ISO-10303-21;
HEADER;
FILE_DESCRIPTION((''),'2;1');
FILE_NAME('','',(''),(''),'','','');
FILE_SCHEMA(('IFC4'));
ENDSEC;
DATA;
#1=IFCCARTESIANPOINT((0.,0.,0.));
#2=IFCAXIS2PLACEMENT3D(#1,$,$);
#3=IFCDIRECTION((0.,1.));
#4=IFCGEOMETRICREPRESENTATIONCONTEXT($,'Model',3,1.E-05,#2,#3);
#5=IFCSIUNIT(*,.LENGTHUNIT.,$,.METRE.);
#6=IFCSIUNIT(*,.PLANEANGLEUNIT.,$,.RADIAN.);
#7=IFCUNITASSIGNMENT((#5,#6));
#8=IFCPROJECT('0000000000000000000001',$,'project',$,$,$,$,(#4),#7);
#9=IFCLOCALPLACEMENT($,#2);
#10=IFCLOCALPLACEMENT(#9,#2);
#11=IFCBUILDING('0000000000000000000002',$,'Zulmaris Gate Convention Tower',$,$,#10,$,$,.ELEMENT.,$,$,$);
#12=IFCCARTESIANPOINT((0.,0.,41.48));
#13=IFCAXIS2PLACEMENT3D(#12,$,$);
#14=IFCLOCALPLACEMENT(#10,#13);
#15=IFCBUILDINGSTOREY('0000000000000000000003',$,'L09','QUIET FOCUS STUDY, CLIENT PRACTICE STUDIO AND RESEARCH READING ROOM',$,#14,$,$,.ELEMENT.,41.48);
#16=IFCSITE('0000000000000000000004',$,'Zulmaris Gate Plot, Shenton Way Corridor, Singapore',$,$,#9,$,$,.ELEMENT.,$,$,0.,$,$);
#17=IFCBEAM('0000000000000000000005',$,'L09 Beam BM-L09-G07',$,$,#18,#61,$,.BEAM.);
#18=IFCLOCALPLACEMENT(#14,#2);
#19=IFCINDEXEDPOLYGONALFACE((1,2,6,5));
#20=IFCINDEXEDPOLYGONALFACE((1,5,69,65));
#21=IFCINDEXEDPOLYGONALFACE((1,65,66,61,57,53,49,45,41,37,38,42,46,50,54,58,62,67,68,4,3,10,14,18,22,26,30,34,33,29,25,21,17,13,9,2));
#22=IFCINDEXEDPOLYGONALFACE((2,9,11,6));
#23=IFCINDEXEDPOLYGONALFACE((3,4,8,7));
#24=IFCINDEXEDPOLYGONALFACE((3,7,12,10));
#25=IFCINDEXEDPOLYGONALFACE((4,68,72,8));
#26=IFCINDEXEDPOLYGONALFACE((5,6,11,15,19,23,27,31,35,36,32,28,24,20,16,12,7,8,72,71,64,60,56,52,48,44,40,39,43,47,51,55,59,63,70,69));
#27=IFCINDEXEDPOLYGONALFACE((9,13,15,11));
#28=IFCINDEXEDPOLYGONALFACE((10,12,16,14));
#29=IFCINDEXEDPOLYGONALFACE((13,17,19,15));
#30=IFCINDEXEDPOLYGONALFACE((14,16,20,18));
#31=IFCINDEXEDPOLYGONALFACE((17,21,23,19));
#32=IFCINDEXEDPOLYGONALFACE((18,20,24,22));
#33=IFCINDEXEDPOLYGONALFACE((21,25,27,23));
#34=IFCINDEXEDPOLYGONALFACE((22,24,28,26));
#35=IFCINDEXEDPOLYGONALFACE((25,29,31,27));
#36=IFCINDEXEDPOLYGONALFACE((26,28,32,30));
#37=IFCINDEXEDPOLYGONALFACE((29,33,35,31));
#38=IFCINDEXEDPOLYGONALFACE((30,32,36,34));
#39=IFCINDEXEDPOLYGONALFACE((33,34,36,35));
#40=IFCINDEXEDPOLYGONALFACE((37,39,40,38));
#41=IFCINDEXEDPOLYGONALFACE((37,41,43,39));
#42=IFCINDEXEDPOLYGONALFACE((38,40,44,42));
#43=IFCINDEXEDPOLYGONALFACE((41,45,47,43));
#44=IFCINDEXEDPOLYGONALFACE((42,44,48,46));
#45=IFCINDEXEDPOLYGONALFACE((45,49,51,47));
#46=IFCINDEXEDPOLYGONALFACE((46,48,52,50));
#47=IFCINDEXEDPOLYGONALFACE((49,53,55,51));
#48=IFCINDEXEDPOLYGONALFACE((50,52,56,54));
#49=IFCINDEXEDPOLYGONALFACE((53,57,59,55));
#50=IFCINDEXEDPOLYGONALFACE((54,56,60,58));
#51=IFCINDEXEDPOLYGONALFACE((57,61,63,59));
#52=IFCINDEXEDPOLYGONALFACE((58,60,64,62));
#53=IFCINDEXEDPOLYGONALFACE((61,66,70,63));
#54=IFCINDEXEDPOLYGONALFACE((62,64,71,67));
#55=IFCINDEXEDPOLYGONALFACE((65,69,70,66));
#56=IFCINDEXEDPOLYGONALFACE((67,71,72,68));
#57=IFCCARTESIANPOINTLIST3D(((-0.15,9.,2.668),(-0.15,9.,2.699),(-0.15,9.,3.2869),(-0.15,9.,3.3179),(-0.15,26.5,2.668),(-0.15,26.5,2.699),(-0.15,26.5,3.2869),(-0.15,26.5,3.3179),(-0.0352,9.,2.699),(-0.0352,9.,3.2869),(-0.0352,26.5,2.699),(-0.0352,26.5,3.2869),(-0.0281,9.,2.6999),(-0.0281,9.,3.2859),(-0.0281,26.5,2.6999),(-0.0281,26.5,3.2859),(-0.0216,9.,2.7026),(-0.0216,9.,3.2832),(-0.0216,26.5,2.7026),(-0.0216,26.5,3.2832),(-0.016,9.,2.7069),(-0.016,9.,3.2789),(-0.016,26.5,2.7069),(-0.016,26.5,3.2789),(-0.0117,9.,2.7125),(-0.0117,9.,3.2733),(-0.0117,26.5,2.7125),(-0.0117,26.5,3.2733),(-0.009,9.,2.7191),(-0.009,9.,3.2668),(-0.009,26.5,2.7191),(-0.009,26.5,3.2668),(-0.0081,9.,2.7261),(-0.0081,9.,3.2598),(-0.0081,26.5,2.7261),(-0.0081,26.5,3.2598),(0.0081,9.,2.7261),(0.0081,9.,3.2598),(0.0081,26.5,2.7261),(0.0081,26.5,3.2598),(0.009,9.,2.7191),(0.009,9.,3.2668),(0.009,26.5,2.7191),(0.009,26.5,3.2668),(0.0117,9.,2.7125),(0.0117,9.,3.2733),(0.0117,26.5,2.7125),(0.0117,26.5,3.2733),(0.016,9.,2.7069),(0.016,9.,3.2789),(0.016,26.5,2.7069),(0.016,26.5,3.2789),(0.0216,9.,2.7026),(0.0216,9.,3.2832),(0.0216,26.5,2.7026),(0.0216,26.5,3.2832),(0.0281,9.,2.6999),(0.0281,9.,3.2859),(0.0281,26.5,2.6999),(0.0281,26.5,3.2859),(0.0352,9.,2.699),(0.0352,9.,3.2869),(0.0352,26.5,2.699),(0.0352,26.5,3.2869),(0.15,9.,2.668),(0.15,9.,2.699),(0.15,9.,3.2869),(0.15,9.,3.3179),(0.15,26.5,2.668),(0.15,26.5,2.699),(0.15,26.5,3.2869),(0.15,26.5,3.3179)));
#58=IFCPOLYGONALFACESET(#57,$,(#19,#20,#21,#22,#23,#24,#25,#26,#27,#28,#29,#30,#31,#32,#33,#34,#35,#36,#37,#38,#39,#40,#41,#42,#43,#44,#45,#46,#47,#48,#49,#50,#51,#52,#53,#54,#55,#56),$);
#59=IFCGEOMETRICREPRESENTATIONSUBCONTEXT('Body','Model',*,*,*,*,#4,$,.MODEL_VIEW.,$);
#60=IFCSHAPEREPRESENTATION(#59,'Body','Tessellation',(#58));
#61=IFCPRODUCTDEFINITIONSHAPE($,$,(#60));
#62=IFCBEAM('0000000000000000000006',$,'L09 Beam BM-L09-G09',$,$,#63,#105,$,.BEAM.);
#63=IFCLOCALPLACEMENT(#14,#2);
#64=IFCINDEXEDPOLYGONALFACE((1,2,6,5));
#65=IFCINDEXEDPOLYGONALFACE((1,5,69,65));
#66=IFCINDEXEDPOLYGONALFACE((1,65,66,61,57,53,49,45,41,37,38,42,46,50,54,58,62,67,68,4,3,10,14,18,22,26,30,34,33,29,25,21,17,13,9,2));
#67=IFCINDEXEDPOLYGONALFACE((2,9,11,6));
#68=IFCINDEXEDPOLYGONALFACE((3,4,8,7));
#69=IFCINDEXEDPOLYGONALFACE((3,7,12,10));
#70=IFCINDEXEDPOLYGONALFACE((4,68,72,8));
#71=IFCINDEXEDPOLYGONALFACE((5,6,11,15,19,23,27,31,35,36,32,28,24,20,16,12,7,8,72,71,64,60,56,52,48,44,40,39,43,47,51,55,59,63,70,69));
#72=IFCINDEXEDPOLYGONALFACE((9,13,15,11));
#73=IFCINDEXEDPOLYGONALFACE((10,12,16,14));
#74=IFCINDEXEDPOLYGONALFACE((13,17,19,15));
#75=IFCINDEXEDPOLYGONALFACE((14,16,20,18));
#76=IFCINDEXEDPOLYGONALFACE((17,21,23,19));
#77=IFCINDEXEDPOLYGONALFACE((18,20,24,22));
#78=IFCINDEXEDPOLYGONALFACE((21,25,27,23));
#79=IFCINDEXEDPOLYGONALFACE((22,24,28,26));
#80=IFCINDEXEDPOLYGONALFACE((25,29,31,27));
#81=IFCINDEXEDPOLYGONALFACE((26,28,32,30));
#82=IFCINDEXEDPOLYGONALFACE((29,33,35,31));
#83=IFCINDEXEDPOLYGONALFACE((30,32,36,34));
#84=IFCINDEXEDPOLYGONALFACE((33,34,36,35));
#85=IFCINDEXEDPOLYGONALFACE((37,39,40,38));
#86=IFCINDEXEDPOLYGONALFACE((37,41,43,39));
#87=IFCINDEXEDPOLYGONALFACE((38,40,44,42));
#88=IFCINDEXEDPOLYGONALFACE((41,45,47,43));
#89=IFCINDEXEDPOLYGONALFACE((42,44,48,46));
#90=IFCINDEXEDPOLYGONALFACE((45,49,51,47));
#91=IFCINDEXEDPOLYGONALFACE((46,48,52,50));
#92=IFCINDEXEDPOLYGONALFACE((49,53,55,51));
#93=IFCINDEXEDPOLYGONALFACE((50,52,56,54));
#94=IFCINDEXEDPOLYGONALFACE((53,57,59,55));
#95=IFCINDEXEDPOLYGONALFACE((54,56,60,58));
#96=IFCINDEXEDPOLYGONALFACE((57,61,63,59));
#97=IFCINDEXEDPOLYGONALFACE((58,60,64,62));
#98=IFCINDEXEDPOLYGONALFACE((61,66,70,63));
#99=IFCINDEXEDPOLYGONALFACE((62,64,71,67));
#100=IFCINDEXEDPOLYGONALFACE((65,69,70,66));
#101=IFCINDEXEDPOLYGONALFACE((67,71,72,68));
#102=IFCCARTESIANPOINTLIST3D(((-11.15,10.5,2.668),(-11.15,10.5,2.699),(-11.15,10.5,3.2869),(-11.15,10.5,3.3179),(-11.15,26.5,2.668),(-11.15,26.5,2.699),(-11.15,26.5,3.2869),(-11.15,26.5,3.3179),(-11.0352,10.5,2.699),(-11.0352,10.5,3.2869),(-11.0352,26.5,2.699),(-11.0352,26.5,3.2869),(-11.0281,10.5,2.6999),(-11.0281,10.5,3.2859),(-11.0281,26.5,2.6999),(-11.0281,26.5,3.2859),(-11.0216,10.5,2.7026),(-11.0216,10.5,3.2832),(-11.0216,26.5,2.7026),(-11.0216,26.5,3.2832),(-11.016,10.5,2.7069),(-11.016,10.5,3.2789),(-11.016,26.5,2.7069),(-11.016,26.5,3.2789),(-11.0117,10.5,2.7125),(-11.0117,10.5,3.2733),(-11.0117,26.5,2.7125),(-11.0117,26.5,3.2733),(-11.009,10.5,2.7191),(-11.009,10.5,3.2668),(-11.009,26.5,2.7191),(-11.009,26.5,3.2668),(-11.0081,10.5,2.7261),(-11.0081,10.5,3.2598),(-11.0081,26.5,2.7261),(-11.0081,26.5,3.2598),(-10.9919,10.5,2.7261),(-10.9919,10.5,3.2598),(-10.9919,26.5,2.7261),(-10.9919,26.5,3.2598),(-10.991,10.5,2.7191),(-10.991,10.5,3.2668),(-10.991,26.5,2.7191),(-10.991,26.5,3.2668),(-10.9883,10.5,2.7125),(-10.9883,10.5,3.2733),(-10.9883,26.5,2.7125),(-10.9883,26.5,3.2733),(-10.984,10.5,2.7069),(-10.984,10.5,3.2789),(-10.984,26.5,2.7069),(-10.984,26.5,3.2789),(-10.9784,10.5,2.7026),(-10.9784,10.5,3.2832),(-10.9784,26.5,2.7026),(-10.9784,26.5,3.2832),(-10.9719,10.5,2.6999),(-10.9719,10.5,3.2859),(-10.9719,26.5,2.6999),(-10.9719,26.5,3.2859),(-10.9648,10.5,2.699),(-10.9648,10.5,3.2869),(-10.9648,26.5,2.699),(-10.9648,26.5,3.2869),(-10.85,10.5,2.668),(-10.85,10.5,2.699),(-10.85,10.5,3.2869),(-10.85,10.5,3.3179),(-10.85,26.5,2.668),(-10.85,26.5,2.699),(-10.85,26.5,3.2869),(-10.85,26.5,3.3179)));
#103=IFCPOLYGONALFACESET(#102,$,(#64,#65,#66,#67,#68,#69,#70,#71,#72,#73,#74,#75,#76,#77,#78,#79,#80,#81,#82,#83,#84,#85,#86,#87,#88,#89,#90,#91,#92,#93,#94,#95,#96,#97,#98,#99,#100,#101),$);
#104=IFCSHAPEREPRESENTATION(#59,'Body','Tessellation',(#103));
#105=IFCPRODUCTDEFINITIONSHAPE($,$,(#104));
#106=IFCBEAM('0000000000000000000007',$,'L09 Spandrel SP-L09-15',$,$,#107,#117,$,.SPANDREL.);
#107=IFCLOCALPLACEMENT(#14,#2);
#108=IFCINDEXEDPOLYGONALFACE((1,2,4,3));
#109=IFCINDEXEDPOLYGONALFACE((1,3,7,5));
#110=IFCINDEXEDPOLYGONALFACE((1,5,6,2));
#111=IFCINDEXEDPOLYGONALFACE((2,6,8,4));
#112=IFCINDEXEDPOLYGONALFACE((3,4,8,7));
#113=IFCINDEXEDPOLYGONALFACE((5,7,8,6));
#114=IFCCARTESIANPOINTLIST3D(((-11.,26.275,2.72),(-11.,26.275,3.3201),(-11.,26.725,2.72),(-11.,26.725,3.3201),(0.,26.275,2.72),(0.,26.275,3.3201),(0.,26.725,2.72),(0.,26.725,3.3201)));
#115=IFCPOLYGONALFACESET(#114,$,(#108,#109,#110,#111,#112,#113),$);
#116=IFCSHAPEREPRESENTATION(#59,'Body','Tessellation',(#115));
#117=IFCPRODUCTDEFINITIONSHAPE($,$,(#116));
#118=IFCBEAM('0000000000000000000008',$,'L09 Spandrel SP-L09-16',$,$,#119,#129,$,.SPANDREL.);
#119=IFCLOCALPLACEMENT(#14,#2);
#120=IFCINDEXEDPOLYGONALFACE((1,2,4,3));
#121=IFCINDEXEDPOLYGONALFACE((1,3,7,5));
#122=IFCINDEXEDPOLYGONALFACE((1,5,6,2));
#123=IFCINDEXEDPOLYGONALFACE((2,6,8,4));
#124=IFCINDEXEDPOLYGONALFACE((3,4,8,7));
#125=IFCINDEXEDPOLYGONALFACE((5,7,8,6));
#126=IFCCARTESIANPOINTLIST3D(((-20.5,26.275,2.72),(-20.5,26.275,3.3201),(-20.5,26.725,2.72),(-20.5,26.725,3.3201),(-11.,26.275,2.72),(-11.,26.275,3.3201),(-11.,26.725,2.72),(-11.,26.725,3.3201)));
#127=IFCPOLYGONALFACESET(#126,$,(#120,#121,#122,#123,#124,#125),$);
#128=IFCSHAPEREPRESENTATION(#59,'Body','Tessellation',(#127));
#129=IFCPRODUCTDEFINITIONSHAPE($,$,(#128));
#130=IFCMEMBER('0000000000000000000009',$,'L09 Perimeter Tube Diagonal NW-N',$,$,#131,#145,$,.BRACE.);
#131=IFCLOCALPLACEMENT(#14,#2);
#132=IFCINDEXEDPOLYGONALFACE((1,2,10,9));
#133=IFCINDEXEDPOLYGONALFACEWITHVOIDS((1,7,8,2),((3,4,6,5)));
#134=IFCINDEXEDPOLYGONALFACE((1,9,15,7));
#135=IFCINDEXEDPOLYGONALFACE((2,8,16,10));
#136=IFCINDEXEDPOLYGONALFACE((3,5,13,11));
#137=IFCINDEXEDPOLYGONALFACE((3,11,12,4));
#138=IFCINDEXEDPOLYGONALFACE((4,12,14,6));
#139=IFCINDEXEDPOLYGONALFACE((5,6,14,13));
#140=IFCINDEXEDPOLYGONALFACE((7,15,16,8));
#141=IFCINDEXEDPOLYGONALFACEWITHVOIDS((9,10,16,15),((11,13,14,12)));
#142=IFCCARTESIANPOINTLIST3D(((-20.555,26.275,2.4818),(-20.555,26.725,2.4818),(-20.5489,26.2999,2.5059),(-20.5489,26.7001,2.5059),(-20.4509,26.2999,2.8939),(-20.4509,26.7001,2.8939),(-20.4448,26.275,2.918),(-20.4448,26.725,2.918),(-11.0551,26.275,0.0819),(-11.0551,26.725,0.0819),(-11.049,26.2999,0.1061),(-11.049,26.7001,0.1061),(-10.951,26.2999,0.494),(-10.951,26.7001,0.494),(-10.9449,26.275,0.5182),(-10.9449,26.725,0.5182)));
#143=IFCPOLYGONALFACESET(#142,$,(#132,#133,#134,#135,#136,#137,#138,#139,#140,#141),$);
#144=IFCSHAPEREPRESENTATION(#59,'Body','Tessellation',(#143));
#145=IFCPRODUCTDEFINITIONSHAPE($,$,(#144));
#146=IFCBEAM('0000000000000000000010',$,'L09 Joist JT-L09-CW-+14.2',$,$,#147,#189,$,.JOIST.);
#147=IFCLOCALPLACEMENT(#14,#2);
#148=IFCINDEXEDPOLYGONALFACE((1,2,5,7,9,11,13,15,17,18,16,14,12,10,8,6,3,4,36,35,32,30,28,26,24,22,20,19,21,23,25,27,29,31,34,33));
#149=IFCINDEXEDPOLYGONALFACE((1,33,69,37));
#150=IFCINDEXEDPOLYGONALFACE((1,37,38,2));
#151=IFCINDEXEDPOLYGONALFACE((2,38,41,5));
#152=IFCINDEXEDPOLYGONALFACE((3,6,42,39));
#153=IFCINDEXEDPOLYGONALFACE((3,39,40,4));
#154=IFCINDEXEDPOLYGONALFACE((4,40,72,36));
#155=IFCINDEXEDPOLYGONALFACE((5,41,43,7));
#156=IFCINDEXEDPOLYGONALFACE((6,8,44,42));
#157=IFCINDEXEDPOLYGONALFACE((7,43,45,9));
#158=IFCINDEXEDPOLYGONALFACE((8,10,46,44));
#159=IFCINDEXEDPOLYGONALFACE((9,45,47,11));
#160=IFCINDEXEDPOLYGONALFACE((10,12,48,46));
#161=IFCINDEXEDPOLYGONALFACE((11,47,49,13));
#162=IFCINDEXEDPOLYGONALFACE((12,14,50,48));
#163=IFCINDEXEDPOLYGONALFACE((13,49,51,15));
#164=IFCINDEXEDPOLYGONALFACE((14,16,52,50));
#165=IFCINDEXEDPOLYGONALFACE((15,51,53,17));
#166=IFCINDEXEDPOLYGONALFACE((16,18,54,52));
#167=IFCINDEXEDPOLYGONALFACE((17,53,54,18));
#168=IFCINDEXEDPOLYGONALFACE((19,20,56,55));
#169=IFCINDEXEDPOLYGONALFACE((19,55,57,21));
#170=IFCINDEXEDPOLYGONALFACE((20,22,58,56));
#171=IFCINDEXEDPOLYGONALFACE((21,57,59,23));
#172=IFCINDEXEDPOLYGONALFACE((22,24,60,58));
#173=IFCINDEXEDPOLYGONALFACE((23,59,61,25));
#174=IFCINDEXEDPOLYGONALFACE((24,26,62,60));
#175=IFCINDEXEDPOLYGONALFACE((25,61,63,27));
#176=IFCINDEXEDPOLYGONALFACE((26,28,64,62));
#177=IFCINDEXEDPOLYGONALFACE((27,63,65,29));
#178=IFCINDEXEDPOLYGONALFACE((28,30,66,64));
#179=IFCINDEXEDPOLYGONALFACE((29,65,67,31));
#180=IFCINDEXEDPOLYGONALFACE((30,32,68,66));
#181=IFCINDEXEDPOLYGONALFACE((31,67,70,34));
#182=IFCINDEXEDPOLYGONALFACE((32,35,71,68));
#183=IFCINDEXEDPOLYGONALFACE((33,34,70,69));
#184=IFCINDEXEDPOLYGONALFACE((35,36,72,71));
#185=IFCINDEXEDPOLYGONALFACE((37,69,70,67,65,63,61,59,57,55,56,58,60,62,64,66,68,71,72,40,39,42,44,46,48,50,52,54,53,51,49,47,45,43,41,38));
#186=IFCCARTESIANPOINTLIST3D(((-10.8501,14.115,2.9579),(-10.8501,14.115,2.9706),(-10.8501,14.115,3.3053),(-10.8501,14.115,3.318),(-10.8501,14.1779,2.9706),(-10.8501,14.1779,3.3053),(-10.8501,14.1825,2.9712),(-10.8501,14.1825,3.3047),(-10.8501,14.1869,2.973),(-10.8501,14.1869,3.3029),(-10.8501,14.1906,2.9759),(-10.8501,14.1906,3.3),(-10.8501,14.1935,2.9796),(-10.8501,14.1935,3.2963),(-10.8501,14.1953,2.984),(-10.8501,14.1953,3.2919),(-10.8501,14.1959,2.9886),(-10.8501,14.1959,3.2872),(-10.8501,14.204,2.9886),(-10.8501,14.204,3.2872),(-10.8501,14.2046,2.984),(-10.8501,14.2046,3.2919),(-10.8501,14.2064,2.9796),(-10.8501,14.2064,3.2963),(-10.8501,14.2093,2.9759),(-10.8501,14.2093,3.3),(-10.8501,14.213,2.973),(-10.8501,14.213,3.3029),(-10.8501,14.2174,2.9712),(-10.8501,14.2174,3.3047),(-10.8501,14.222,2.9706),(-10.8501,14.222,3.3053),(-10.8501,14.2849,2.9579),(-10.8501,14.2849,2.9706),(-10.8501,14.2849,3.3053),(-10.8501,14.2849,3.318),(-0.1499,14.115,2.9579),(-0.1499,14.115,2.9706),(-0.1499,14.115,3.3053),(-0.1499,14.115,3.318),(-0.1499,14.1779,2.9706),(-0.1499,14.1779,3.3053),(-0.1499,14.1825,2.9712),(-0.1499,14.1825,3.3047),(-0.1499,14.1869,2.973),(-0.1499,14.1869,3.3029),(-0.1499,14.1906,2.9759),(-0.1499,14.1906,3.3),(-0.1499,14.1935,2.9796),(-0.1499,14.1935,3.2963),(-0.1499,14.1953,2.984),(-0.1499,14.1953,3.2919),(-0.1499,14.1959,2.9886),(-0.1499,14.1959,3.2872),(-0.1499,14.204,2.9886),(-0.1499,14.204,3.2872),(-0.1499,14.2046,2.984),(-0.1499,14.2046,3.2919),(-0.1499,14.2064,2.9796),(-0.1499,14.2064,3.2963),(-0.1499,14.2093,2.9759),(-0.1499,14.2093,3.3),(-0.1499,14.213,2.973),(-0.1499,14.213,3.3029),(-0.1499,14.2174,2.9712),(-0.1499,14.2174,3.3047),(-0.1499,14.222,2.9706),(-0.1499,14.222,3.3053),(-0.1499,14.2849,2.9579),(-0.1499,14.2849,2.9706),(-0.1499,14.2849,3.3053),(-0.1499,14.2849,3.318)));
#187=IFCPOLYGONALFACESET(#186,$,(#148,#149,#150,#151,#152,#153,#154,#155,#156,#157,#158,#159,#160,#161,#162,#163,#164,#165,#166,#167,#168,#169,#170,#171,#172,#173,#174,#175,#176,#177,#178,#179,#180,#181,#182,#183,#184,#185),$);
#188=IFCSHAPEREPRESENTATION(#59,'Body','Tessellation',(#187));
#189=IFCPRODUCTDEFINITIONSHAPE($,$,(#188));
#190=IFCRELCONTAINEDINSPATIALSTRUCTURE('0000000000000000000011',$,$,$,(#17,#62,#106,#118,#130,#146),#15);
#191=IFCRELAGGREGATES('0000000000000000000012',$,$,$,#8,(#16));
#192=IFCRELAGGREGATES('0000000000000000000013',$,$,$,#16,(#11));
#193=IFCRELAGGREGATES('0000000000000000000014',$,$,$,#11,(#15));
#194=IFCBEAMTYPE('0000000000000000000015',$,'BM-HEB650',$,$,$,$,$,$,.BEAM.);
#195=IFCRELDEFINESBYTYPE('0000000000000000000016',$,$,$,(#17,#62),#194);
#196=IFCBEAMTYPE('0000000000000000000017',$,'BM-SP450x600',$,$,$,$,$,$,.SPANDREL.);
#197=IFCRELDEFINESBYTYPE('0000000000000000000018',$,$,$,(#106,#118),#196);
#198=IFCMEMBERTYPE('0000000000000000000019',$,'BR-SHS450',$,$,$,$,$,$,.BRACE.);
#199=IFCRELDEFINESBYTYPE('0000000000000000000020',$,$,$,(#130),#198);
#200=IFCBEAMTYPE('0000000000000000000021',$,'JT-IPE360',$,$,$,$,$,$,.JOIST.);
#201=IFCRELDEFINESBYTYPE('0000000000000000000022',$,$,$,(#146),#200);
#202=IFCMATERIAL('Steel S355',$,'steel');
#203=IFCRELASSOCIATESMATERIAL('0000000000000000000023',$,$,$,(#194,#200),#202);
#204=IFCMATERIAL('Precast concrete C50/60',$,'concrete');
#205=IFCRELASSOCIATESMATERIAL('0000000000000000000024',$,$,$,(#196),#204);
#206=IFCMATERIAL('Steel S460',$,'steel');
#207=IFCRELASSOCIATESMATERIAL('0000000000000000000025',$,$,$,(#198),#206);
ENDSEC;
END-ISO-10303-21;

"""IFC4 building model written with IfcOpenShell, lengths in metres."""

from ifc_helpers import new_model, si_unit, direction, frame, origin, origin_2d, place, context, subcontext, project, spatial, rectangle, hollow_rectangle, i_section, extrude, material, material_profile, profile_set, type_object, element, save


model = new_model("IFC4")

# Units and contexts
model_context = context("Model", 3, precision=1e-05, world=origin(), true_north=direction((0.0, 1.0)))
body_context = subcontext(model_context, "Body", "Model", "MODEL_VIEW")
ifc_project = project(units=[si_unit("LENGTHUNIT", "METRE"), si_unit("PLANEANGLEUNIT", "RADIAN")], contexts=[model_context])

# Site, building, storey
site_placement = place(None, origin())
site = spatial("IfcSite", under=ifc_project, at=site_placement, Name="Zulmaris Gate Plot, Shenton Way Corridor, Singapore", CompositionType="ELEMENT", RefElevation=0.0)
building_placement = place(site_placement, origin())
building = spatial("IfcBuilding", under=site, at=building_placement, Name="Zulmaris Gate Convention Tower", CompositionType="ELEMENT")
storey_placement = place(building_placement, frame((0.0, 0.0, 41.48)))
storey = spatial("IfcBuildingStorey", under=building, at=storey_placement, Name="L09", Description="QUIET FOCUS STUDY, CLIENT PRACTICE STUDIO AND RESEARCH READING ROOM", CompositionType="ELEMENT", Elevation=41.48)

# Beams
ifc_material_1 = material(Name="Steel S355", Category="steel")
ifc_material_profile_1 = material_profile(ifc_material_1, i_section(OverallWidth=0.3, OverallDepth=0.6499, WebThickness=0.0161, FlangeThickness=0.031, FilletRadius=0.0271, at=origin_2d()), Name="HEB 650")
ifc_profile_set_1 = profile_set([ifc_material_profile_1], Name="Steel S355")
beam_type_1 = type_object("IfcBeamType", Name="BM-HEB650", PredefinedType="BEAM", material=ifc_profile_set_1)
beam_1_placement = place(storey_placement, frame((0.0, 9.0, 2.9929), z_axis=(0.0, 1.0, 0.0), x_axis=(-1.0, 0.0, 0.0)))
element("IfcBeam", 1, at=beam_1_placement, inside=storey, type_object=beam_type_1, Name="L09 Beam BM-L09-G07", PredefinedType="BEAM", context=body_context, shape_type="SweptSolid", body=[
    extrude(i_section(OverallWidth=0.3, OverallDepth=0.6499, WebThickness=0.0161, FlangeThickness=0.031, FilletRadius=0.0271, at=origin_2d()), origin(), (0.0, 0.0, 1.0), 17.5),
])
beam_2_placement = place(storey_placement, frame((-11.0, 10.5, 2.9929), z_axis=(0.0, 1.0, 0.0), x_axis=(-1.0, 0.0, 0.0)))
element("IfcBeam", 2, at=beam_2_placement, inside=storey, type_object=beam_type_1, Name="L09 Beam BM-L09-G09", PredefinedType="BEAM", context=body_context, shape_type="SweptSolid", body=[
    extrude(i_section(OverallWidth=0.3, OverallDepth=0.6499, WebThickness=0.0161, FlangeThickness=0.031, FilletRadius=0.0271, at=origin_2d()), origin(), (0.0, 0.0, 1.0), 16.0),
])
ifc_material_2 = material(Name="Precast concrete C50/60", Category="concrete")
ifc_material_profile_2 = material_profile(ifc_material_2, rectangle(XDim=0.45, YDim=0.6001, at=origin_2d()), Name="RC SPANDREL 450x600")
ifc_profile_set_2 = profile_set([ifc_material_profile_2], Name="Precast concrete C50/60")
beam_type_2 = type_object("IfcBeamType", Name="BM-SP450x600", PredefinedType="SPANDREL", material=ifc_profile_set_2)
beam_3_placement = place(storey_placement, frame((0.0, 26.5, 3.02), z_axis=(-1.0, 0.0, 0.0), x_axis=(0.0, -1.0, 0.0)))
element("IfcBeam", 3, at=beam_3_placement, inside=storey, type_object=beam_type_2, Name="L09 Spandrel SP-L09-15", PredefinedType="SPANDREL", context=body_context, shape_type="SweptSolid", body=[
    extrude(rectangle(XDim=0.45, YDim=0.6001, at=origin_2d()), origin(), (0.0, 0.0, 1.0), 11.0),
])
beam_4_placement = place(storey_placement, frame((-11.0, 26.5, 3.02), z_axis=(-1.0, 0.0, 0.0), x_axis=(0.0, -1.0, 0.0)))
element("IfcBeam", 4, at=beam_4_placement, inside=storey, type_object=beam_type_2, Name="L09 Spandrel SP-L09-16", PredefinedType="SPANDREL", context=body_context, shape_type="SweptSolid", body=[
    extrude(rectangle(XDim=0.45, YDim=0.6001, at=origin_2d()), origin(), (0.0, 0.0, 1.0), 9.5),
])

# Member
ifc_material_3 = material(Name="Steel S460", Category="steel")
ifc_material_profile_3 = material_profile(ifc_material_3, hollow_rectangle(XDim=0.45, YDim=0.45, WallThickness=0.0249, at=origin_2d()), Name="SHS 450x450x25")
ifc_profile_set_3 = profile_set([ifc_material_profile_3], Name="Steel S460")
member_type = type_object("IfcMemberType", Name="BR-SHS450", PredefinedType="BRACE", material=ifc_profile_set_3)
member_placement = place(storey_placement, frame((-11.0, 26.5, 0.3), z_axis=(-0.969542, 0.0, 0.244927), x_axis=(0.0, -1.0, 0.0)))
element("IfcMember", 5, at=member_placement, inside=storey, type_object=member_type, Name="L09 Perimeter Tube Diagonal NW-N", PredefinedType="BRACE", context=body_context, shape_type="SweptSolid", body=[
    extrude(hollow_rectangle(XDim=0.45, YDim=0.45, WallThickness=0.0249, at=origin_2d()), origin(), (0.0, 0.0, 1.0), 9.7983),
])

# Beam
ifc_material_profile_4 = material_profile(ifc_material_1, i_section(OverallWidth=0.1699, OverallDepth=0.3601, WebThickness=0.0081, FlangeThickness=0.0127, FilletRadius=0.0181, at=origin_2d()), Name="IPE 360")
ifc_profile_set_4 = profile_set([ifc_material_profile_4], Name="Steel S355")
beam_type_3 = type_object("IfcBeamType", Name="JT-IPE360", PredefinedType="JOIST", material=ifc_profile_set_4)
for number, where, z_axis, x_axis, name in (
    (6, (-10.8501, 14.2, 3.1379), (1.0, 0.0, 0.0), (0.0, 1.0, 0.0), "L09 Joist JT-L09-CW-+14.2"),
):
    element("IfcBeam", number, at=place(storey_placement, frame(where, z_axis=z_axis, x_axis=x_axis)), inside=storey, type_object=beam_type_3, Name=name, PredefinedType="JOIST", context=body_context, shape_type="SweptSolid", body=[
        extrude(i_section(OverallWidth=0.1699, OverallDepth=0.3601, WebThickness=0.0081, FlangeThickness=0.0127, FilletRadius=0.0181, at=origin_2d()), origin(), (0.0, 0.0, 1.0), 10.7002),
    ])

save(model, "model.ifc")
